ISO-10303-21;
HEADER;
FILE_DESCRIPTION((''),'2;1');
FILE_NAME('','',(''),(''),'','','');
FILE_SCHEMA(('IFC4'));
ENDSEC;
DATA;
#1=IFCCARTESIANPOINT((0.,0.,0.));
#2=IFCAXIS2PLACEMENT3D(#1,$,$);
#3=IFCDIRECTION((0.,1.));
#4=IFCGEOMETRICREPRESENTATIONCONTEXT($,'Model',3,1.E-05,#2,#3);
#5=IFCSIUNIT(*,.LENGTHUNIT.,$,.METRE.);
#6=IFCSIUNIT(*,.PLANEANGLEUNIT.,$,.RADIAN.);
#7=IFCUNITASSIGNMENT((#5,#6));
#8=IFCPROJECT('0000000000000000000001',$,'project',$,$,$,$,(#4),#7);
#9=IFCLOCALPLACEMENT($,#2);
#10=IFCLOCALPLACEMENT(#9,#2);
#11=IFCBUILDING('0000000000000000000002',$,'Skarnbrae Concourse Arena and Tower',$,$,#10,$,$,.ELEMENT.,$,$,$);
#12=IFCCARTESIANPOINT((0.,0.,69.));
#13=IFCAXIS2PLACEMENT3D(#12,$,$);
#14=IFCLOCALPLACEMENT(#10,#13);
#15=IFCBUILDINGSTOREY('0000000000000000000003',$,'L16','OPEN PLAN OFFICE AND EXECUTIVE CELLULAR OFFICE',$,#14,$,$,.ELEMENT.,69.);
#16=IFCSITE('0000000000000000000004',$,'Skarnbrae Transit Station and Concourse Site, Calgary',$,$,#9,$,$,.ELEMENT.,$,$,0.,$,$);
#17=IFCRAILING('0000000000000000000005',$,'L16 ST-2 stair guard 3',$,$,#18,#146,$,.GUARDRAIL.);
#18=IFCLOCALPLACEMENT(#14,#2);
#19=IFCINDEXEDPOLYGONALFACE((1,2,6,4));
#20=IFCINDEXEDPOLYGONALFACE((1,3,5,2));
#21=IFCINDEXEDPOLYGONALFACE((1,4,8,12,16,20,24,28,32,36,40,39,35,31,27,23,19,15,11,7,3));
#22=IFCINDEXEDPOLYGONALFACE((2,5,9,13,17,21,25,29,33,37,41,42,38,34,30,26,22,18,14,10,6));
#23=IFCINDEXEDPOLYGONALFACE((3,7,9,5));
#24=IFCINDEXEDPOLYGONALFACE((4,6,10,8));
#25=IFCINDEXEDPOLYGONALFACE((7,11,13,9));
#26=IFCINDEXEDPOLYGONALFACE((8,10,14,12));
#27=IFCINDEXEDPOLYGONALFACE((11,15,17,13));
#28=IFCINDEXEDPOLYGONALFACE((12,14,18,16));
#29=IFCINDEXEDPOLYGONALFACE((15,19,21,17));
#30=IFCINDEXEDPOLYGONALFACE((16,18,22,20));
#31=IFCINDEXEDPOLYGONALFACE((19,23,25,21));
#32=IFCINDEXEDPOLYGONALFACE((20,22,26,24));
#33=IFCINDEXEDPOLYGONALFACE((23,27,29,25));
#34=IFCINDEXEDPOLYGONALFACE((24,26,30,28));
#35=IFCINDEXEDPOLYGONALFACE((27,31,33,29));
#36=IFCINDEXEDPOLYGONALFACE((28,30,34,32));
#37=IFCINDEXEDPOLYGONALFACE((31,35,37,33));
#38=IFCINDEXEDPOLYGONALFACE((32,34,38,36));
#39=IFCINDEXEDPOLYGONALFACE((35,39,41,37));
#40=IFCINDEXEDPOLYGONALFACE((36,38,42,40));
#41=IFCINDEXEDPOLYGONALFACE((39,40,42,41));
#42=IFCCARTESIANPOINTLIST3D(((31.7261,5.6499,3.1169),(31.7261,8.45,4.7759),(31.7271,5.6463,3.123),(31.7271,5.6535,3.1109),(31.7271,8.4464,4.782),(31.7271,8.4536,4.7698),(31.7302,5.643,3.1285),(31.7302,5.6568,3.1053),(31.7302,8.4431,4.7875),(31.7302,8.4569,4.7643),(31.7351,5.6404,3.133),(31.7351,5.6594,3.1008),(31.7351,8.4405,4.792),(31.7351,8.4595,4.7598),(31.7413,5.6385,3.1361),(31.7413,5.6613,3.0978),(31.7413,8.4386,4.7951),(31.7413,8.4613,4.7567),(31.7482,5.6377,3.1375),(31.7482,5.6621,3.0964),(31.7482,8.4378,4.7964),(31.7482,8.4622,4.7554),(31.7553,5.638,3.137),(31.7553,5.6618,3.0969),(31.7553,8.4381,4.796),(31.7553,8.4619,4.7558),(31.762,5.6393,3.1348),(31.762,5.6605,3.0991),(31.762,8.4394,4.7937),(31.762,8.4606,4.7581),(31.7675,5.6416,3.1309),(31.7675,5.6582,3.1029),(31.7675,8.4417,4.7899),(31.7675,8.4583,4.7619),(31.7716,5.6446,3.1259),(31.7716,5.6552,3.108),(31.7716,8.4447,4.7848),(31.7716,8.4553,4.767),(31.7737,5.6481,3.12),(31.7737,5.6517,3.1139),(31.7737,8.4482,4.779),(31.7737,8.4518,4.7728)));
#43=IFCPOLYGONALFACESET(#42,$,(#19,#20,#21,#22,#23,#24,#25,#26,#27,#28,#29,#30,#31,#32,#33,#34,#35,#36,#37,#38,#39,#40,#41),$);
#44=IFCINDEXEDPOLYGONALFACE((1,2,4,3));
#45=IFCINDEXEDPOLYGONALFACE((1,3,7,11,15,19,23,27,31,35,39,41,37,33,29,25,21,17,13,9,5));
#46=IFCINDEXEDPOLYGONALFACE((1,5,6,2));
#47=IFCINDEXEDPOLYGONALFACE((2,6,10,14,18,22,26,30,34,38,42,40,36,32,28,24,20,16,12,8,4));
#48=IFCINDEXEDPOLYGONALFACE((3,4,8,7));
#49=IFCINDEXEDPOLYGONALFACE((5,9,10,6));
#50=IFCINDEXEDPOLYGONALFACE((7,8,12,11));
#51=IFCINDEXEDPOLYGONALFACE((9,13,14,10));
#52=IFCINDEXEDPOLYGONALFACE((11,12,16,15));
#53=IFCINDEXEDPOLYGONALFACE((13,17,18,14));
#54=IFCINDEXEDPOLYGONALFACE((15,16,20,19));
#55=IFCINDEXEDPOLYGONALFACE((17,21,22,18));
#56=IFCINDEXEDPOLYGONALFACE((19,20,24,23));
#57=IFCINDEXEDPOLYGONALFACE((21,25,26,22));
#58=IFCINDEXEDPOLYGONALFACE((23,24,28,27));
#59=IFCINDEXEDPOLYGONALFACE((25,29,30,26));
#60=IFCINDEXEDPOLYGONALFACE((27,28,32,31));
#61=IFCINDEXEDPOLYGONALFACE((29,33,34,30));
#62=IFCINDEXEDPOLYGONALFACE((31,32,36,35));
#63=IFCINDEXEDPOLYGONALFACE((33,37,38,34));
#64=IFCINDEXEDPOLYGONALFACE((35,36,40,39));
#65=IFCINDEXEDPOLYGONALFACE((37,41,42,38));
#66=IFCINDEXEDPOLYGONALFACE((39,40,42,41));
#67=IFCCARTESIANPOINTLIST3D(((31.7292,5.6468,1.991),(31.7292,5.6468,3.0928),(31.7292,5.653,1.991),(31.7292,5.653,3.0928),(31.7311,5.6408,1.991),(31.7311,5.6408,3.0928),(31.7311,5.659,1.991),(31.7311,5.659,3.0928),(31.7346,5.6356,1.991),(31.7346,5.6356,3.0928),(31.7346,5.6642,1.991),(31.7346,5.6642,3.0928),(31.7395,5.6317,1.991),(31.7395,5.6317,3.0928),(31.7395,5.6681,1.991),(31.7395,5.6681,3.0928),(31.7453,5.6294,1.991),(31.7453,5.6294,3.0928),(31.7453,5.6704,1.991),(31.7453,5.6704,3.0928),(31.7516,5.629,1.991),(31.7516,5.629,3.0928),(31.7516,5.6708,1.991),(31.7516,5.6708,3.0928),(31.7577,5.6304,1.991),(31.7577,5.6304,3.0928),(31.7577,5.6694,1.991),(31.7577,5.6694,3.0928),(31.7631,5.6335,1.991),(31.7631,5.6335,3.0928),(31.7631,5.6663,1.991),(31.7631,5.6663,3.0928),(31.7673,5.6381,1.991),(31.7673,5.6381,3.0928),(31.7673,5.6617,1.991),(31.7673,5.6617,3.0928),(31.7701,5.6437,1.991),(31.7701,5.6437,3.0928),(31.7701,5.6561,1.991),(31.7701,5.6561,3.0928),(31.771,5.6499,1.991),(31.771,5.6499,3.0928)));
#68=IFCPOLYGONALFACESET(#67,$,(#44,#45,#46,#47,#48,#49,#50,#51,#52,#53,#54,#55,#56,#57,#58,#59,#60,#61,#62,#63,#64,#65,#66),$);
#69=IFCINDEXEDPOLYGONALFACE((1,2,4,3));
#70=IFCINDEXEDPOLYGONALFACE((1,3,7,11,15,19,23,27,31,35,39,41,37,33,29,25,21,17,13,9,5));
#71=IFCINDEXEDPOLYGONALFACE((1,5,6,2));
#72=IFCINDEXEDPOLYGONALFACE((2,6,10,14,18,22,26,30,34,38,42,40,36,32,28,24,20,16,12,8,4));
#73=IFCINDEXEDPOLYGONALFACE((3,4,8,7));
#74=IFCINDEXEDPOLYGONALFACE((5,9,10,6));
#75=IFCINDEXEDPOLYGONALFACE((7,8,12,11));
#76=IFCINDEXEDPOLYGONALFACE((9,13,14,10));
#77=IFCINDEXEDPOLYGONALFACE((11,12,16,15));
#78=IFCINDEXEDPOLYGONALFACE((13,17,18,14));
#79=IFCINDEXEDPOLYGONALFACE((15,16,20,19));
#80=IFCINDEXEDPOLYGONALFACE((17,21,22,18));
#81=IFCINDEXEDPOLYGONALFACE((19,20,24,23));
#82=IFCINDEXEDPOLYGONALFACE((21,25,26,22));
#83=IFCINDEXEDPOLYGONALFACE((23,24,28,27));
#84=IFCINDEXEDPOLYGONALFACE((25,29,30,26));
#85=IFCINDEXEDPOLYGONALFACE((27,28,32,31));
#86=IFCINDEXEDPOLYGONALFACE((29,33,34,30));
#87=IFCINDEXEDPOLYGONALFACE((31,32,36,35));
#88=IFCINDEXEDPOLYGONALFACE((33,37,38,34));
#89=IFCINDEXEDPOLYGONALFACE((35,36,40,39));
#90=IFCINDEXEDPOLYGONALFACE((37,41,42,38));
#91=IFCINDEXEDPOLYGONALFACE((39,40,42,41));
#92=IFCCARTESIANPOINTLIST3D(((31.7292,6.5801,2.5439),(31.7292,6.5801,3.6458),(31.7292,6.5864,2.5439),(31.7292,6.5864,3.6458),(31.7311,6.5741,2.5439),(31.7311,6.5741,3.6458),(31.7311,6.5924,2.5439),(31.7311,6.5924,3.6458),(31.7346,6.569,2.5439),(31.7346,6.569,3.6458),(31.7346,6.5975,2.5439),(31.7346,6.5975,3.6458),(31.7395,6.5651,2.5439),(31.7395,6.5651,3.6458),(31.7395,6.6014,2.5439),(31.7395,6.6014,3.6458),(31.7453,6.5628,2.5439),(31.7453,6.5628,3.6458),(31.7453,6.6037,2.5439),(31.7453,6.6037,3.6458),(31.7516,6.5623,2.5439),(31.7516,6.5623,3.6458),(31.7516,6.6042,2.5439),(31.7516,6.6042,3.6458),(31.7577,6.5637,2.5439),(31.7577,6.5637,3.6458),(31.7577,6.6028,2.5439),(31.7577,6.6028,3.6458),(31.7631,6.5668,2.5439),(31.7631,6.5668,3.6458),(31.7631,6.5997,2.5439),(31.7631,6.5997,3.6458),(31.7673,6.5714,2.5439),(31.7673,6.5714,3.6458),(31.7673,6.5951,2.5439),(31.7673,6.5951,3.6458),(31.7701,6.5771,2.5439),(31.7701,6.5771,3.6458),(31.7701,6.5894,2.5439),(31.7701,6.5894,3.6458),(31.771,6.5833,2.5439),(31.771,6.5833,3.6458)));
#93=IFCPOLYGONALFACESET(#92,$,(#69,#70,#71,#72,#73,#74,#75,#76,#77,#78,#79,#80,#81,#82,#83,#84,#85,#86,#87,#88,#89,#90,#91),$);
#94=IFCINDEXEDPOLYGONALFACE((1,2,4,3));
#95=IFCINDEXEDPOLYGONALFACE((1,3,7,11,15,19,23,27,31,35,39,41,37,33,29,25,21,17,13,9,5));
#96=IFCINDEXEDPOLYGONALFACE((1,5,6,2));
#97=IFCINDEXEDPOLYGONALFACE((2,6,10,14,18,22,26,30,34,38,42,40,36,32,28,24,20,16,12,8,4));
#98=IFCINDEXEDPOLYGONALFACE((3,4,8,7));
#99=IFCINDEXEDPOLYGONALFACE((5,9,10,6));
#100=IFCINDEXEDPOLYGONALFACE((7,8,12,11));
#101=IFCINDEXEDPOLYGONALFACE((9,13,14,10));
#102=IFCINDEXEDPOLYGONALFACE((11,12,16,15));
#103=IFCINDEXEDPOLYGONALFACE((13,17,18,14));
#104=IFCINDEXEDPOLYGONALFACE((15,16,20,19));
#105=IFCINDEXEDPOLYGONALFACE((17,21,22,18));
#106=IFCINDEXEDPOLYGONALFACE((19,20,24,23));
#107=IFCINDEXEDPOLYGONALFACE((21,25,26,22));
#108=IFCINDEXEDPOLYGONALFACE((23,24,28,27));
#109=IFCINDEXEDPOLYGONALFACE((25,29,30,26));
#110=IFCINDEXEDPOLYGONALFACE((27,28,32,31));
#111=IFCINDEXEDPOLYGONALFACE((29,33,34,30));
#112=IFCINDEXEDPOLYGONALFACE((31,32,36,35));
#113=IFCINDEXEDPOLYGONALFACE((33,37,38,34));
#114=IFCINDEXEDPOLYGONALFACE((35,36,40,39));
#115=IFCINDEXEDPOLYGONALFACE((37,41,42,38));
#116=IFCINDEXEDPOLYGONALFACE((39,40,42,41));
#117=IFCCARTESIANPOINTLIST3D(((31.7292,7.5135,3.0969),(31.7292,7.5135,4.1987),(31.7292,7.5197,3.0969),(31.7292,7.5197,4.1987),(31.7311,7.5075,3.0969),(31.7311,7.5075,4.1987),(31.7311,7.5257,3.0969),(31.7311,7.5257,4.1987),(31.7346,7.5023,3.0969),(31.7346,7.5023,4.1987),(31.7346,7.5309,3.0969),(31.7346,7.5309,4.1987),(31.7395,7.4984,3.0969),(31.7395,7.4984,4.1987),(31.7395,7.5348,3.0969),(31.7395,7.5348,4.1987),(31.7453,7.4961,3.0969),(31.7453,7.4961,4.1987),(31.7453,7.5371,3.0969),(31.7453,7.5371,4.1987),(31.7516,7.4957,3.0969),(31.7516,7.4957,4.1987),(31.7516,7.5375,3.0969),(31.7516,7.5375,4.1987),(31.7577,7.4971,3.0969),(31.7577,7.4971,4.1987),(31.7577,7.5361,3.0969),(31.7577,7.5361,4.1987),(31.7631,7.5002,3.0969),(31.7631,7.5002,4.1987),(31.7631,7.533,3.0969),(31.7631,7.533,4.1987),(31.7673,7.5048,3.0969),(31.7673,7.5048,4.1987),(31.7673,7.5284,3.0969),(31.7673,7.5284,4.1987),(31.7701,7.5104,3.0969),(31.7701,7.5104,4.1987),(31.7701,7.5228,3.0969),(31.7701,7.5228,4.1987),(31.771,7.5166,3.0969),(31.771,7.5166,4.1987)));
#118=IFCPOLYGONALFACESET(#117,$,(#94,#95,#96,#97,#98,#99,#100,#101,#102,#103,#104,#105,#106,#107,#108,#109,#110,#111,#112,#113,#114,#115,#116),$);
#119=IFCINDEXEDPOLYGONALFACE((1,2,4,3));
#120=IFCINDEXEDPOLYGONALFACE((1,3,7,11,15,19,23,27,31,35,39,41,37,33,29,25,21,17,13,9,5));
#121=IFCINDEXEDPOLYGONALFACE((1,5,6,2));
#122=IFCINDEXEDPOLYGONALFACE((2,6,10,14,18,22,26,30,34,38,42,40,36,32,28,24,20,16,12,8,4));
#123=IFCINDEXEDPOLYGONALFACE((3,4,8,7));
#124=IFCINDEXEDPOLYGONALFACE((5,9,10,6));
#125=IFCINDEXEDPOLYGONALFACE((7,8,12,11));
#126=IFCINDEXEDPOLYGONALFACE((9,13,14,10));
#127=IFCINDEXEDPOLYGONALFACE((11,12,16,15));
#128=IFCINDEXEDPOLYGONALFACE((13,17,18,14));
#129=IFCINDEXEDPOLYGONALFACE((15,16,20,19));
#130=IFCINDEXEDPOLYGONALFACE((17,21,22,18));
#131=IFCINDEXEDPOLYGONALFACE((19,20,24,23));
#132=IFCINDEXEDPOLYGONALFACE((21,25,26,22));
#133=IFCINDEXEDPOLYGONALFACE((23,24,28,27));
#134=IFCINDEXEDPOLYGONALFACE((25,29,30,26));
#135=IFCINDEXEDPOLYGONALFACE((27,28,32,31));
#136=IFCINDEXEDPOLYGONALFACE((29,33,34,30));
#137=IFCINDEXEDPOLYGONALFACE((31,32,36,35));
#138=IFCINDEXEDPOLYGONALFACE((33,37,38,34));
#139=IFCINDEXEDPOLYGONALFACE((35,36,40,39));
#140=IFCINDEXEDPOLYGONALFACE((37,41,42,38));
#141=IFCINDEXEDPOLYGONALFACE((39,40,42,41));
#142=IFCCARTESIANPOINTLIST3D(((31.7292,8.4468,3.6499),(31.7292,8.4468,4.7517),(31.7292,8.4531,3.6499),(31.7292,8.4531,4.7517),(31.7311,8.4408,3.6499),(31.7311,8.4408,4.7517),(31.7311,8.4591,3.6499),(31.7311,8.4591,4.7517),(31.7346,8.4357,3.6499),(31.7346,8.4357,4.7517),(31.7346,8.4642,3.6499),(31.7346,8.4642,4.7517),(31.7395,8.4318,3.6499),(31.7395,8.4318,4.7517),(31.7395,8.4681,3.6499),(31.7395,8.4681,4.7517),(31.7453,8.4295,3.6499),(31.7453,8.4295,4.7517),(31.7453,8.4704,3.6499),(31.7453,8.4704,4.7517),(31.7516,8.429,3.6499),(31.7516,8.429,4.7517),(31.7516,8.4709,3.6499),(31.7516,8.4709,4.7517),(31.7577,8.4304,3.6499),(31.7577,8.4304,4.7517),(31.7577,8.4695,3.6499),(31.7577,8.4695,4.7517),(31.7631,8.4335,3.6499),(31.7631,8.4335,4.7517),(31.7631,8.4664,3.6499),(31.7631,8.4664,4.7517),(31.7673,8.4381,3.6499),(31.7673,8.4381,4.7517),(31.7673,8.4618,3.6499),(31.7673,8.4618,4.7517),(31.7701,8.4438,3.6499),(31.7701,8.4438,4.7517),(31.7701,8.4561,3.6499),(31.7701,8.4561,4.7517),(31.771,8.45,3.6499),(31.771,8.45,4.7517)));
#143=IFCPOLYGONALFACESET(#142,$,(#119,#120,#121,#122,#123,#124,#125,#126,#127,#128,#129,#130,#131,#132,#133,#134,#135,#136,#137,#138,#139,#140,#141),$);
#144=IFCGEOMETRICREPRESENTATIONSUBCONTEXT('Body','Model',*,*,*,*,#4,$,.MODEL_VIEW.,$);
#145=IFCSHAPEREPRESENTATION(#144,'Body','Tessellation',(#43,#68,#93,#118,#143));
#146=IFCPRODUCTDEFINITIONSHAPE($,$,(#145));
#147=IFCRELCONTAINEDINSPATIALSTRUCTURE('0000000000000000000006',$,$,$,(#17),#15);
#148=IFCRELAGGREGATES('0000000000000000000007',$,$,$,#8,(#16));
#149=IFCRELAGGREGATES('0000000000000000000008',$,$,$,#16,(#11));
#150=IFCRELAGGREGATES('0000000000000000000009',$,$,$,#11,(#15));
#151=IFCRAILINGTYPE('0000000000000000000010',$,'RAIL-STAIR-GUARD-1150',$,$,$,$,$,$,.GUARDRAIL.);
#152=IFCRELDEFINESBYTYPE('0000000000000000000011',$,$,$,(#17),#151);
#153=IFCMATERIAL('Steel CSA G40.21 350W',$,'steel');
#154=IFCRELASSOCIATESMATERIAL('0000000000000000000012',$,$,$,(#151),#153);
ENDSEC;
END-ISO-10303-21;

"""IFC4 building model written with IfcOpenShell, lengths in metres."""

from ifc_helpers import new_model, si_unit, direction, frame, origin, origin_2d, place, context, subcontext, project, spatial, circle, extrude, material, type_object, element, save


model = new_model("IFC4")

# Units and contexts
model_context = context("Model", 3, precision=1e-05, world=origin(), true_north=direction((0.0, 1.0)))
body_context = subcontext(model_context, "Body", "Model", "MODEL_VIEW")
ifc_project = project(units=[si_unit("LENGTHUNIT", "METRE"), si_unit("PLANEANGLEUNIT", "RADIAN")], contexts=[model_context])

# Site, building, storey
site_placement = place(None, origin())
site = spatial("IfcSite", under=ifc_project, at=site_placement, Name="Skarnbrae Transit Station and Concourse Site, Calgary", CompositionType="ELEMENT", RefElevation=0.0)
building_placement = place(site_placement, origin())
building = spatial("IfcBuilding", under=site, at=building_placement, Name="Skarnbrae Concourse Arena and Tower", CompositionType="ELEMENT")
storey_placement = place(building_placement, frame((0.0, 0.0, 69.0)))
storey = spatial("IfcBuildingStorey", under=building, at=storey_placement, Name="L16", Description="OPEN PLAN OFFICE AND EXECUTIVE CELLULAR OFFICE", CompositionType="ELEMENT", Elevation=69.0)

# Shared definitions
ifc_material_1 = material(Name="Steel CSA G40.21 350W", Category="steel")

# Railing
railing_type_1 = type_object("IfcRailingType", Name="RAIL-STAIR-GUARD-1150", PredefinedType="GUARDRAIL", material=ifc_material_1)
railing_1_placement = place(storey_placement, frame((31.75, 5.6499, 1.991)))
element("IfcRailing", 1, at=railing_1_placement, inside=storey, type_object=railing_type_1, Name="L16 ST-2 stair guard 3", PredefinedType="GUARDRAIL", context=body_context, shape_type="SweptSolid", body=[
    extrude(circle(Radius=0.0239, at=origin_2d()), frame((0.0, 0.0, 1.126), z_axis=(0.0, 0.860339, 0.509722), x_axis=(-1.0, 0.0, 0.0)), (0.0, 0.0, 1.0), 3.2546),
    extrude(circle(Radius=0.021, at=origin_2d()), origin(), (0.0, 0.0, 1.0), 1.1018),
    extrude(circle(Radius=0.021, at=origin_2d()), frame((0.0, 0.9333, 0.553)), (0.0, 0.0, 1.0), 1.1018),
    extrude(circle(Radius=0.021, at=origin_2d()), frame((0.0, 1.8667, 1.106)), (0.0, 0.0, 1.0), 1.1018),
    extrude(circle(Radius=0.021, at=origin_2d()), frame((0.0, 2.8, 1.6589)), (0.0, 0.0, 1.0), 1.1018),
])

save(model, "model.ifc")
